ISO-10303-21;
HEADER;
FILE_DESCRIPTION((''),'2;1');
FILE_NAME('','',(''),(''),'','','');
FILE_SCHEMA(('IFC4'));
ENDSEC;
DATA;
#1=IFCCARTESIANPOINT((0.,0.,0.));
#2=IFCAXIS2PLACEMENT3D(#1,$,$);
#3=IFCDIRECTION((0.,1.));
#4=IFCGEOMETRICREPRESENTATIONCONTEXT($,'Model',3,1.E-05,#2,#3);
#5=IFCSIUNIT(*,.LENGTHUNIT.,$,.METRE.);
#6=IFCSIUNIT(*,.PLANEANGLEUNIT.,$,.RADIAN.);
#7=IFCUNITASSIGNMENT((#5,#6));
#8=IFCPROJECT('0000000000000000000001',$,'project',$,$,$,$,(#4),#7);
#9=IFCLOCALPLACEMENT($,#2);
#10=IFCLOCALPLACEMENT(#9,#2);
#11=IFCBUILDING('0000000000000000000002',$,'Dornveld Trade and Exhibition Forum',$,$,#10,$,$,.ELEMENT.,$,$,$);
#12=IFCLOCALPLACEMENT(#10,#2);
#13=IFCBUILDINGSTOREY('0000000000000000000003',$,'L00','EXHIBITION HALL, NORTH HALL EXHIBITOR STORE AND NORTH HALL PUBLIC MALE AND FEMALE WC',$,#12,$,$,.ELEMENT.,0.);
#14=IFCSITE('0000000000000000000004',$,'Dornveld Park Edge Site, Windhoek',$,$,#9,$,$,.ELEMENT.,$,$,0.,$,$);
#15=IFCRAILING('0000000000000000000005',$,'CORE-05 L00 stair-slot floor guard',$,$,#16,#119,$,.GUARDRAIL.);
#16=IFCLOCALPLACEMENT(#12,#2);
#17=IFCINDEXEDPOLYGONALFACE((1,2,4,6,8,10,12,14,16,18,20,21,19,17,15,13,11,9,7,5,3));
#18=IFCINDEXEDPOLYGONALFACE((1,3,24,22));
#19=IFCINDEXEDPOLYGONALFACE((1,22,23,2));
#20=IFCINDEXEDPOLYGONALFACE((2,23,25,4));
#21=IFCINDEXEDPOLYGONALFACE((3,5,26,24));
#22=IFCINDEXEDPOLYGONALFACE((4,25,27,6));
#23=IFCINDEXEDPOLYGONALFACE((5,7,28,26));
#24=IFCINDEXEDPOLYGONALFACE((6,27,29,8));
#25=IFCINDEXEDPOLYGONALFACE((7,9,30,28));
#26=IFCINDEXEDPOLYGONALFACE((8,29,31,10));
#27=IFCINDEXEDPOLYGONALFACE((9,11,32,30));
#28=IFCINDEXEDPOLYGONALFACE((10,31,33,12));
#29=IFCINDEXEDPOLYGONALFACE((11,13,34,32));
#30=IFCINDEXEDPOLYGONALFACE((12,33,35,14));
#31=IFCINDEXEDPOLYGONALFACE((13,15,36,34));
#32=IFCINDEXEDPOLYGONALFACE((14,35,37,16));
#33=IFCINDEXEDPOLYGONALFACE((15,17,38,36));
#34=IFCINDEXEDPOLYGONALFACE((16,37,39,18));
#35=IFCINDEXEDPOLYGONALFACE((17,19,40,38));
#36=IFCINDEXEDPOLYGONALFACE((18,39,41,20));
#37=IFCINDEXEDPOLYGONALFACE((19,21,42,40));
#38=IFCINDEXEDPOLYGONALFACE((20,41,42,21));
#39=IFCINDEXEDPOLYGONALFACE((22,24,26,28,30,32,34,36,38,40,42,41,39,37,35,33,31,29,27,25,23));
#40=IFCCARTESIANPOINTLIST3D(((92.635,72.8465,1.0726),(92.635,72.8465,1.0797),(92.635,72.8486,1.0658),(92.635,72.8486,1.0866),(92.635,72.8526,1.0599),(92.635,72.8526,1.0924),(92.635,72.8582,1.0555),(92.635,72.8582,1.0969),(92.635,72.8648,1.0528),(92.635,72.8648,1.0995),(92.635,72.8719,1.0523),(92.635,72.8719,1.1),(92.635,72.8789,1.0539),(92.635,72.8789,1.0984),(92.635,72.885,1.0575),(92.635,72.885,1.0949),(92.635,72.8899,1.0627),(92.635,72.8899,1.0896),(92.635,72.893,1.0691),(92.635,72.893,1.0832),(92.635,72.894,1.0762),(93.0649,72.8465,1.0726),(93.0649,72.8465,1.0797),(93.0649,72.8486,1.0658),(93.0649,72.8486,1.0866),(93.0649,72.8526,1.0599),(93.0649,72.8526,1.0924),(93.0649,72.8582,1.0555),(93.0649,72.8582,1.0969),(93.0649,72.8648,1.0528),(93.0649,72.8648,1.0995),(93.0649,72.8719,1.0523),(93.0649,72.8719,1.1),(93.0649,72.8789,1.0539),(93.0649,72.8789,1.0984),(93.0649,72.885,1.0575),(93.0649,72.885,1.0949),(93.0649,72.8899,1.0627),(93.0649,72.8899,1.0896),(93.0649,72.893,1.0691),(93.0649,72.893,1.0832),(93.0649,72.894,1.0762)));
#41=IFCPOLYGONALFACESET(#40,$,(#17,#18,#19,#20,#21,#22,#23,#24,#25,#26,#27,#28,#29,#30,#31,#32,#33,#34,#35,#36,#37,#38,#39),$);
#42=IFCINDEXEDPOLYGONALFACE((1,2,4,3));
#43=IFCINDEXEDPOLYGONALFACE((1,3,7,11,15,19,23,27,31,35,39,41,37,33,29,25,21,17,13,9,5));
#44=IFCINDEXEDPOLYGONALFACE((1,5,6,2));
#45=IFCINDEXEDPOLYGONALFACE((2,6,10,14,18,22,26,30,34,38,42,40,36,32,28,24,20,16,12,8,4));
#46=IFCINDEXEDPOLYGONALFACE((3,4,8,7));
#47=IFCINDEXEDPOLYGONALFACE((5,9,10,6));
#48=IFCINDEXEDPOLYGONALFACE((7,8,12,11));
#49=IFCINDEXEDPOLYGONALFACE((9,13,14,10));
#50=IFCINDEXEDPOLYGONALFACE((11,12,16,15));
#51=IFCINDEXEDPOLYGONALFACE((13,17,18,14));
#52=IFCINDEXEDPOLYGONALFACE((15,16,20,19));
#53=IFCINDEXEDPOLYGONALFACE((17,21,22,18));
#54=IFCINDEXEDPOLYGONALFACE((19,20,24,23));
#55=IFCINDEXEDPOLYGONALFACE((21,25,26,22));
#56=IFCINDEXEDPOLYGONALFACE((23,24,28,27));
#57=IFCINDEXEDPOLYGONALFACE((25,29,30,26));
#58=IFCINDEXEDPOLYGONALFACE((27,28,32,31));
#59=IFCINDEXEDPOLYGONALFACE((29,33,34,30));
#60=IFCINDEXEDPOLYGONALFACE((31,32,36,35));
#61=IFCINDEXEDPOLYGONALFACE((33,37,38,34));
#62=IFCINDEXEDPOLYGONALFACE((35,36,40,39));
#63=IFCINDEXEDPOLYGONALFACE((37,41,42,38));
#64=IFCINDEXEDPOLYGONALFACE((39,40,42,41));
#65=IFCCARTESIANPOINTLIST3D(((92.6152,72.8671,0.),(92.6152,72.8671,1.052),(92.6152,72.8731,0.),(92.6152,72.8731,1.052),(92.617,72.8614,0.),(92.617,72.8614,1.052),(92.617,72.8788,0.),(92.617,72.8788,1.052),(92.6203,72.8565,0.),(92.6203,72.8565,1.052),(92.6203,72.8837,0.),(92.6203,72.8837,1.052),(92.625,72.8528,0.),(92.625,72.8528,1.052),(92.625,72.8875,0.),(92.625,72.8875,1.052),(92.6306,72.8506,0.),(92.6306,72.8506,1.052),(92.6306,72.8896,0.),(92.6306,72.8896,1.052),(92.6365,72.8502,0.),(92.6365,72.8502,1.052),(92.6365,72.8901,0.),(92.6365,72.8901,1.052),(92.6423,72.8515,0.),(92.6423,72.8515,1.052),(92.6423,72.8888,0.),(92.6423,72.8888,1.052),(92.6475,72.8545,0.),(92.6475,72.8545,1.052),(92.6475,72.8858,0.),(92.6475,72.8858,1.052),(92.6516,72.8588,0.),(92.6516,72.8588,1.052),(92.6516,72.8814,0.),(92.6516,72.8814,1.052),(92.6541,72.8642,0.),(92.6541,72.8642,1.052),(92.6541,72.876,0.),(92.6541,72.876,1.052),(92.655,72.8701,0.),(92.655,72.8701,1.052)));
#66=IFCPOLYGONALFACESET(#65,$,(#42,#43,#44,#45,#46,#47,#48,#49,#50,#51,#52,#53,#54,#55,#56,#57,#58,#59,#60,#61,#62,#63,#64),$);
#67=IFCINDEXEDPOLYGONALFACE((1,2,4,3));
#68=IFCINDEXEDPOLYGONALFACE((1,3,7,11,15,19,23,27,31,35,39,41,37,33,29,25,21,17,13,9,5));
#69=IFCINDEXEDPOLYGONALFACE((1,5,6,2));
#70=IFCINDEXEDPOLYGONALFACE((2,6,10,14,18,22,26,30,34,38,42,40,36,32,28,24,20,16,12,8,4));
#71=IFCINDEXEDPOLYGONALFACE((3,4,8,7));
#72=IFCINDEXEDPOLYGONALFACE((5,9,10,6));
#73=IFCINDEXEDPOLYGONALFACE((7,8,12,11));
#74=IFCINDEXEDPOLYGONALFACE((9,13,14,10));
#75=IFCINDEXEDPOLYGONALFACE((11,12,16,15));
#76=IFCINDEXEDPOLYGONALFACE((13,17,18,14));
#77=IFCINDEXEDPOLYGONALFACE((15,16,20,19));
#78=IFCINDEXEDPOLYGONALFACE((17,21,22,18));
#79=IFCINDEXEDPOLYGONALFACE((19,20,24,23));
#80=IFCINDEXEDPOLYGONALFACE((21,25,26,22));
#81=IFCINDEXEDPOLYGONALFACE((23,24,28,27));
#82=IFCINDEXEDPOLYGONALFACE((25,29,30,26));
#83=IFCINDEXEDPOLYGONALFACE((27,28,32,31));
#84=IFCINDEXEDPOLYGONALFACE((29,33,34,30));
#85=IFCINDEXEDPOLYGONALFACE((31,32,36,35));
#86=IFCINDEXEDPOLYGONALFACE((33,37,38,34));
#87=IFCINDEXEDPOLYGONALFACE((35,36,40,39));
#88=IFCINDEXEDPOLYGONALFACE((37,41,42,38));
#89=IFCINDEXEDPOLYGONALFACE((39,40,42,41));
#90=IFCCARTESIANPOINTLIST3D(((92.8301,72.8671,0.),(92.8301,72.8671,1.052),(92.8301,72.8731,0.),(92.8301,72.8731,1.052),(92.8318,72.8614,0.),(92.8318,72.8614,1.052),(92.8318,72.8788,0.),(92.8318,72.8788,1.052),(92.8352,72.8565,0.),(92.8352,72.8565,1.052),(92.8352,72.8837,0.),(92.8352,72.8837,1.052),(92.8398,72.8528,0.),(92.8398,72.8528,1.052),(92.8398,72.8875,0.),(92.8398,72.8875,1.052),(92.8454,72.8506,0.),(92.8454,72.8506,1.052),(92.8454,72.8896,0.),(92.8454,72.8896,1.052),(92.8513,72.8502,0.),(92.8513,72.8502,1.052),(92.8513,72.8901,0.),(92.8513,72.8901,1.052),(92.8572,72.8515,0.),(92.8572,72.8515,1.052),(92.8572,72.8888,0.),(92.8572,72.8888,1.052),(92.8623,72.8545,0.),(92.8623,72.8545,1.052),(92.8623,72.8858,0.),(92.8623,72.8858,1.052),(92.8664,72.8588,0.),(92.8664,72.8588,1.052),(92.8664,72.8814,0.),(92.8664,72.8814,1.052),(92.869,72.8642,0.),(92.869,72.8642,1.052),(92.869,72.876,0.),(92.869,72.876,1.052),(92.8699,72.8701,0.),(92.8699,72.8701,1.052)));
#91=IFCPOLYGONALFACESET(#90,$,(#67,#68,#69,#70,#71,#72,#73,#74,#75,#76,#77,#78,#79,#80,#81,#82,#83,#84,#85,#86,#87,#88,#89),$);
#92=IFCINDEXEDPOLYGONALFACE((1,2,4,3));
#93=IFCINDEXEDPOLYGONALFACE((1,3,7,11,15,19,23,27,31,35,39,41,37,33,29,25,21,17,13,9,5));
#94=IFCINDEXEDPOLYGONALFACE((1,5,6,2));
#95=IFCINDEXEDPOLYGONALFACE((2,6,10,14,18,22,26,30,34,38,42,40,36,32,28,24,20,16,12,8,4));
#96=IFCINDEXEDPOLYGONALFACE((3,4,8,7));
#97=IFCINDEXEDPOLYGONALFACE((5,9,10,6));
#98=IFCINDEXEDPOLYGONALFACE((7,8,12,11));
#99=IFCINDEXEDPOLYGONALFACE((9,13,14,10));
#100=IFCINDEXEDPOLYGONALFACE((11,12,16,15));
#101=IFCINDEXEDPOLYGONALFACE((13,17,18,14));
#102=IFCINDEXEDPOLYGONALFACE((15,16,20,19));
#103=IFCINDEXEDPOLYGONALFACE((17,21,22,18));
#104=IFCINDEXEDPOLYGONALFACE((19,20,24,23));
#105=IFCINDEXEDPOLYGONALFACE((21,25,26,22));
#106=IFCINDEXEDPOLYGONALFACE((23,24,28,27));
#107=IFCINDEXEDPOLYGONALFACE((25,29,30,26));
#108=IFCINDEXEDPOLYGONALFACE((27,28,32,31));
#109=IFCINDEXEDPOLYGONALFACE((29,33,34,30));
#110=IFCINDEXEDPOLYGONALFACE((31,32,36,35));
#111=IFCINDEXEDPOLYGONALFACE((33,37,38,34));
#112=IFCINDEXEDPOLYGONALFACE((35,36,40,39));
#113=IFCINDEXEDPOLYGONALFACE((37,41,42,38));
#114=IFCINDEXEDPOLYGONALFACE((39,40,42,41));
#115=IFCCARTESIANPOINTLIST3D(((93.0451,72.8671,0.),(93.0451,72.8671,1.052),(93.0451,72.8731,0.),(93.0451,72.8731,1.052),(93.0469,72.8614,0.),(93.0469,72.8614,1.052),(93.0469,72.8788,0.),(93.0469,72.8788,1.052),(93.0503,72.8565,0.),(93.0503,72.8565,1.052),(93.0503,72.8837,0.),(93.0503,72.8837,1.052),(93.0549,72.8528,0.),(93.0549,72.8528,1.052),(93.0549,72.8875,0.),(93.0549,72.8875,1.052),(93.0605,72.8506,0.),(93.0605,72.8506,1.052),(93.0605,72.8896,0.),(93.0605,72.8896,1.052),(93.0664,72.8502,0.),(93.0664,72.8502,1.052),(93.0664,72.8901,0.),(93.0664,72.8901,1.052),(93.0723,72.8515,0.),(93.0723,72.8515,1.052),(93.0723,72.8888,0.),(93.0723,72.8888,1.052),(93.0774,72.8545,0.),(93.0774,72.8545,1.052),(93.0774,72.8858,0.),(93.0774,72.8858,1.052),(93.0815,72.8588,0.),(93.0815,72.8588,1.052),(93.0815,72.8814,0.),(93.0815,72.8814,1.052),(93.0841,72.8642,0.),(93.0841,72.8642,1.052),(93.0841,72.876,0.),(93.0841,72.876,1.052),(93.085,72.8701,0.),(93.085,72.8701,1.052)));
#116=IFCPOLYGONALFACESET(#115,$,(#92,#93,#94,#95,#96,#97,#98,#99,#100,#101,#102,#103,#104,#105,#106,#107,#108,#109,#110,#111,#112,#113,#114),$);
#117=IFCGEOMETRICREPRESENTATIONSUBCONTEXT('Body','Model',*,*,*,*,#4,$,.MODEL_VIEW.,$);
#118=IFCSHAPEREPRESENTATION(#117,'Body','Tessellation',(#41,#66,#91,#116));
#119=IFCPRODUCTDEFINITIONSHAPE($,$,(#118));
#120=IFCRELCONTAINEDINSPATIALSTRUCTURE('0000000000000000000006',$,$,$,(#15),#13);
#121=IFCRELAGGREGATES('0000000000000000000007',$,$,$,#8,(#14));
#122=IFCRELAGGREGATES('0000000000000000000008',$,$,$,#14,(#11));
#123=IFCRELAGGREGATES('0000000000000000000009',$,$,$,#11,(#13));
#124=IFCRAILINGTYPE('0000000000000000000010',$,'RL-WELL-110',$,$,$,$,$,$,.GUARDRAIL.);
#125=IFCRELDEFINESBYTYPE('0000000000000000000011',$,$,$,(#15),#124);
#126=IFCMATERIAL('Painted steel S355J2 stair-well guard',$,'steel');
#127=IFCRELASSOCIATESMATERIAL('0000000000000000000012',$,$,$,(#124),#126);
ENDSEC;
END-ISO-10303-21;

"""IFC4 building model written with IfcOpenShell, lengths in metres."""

from ifc_helpers import new_model, si_unit, direction, frame, origin, origin_2d, place, context, subcontext, project, spatial, circle, extrude, material, type_object, element, save


model = new_model("IFC4")

# Units and contexts
model_context = context("Model", 3, precision=1e-05, world=origin(), true_north=direction((0.0, 1.0)))
body_context = subcontext(model_context, "Body", "Model", "MODEL_VIEW")
ifc_project = project(units=[si_unit("LENGTHUNIT", "METRE"), si_unit("PLANEANGLEUNIT", "RADIAN")], contexts=[model_context])

# Site, building, storey
site_placement = place(None, origin())
site = spatial("IfcSite", under=ifc_project, at=site_placement, Name="Dornveld Park Edge Site, Windhoek", CompositionType="ELEMENT", RefElevation=0.0)
building_placement = place(site_placement, origin())
building = spatial("IfcBuilding", under=site, at=building_placement, Name="Dornveld Trade and Exhibition Forum", CompositionType="ELEMENT")
storey_placement = place(building_placement, origin())
storey = spatial("IfcBuildingStorey", under=building, at=storey_placement, Name="L00", Description="EXHIBITION HALL, NORTH HALL EXHIBITOR STORE AND NORTH HALL PUBLIC MALE AND FEMALE WC", CompositionType="ELEMENT", Elevation=0.0)

# Railing
ifc_material_1 = material(Name="Painted steel S355J2 stair-well guard", Category="steel")
railing_type_1 = type_object("IfcRailingType", Name="RL-WELL-110", PredefinedType="GUARDRAIL", material=ifc_material_1)
railing_1_placement = place(storey_placement, frame((92.635, 72.8701, 0.0)))
element("IfcRailing", 1, at=railing_1_placement, inside=storey, type_object=railing_type_1, Name="CORE-05 L00 stair-slot floor guard", PredefinedType="GUARDRAIL", context=body_context, shape_type="SweptSolid", body=[
    extrude(circle(Radius=0.0239, at=origin_2d()), frame((0.0, 0.0, 1.0762), z_axis=(1.0, 0.0, 0.0), x_axis=(0.0, 1.0, 0.0)), (0.0, 0.0, 1.0), 0.4299),
    extrude(circle(Radius=0.02, at=origin_2d()), origin(), (0.0, 0.0, 1.0), 1.052),
    extrude(circle(Radius=0.02, at=origin_2d()), frame((0.2148, 0.0, 0.0)), (0.0, 0.0, 1.0), 1.052),
    extrude(circle(Radius=0.02, at=origin_2d()), frame((0.4299, 0.0, 0.0)), (0.0, 0.0, 1.0), 1.052),
])

save(model, "model.ifc")
